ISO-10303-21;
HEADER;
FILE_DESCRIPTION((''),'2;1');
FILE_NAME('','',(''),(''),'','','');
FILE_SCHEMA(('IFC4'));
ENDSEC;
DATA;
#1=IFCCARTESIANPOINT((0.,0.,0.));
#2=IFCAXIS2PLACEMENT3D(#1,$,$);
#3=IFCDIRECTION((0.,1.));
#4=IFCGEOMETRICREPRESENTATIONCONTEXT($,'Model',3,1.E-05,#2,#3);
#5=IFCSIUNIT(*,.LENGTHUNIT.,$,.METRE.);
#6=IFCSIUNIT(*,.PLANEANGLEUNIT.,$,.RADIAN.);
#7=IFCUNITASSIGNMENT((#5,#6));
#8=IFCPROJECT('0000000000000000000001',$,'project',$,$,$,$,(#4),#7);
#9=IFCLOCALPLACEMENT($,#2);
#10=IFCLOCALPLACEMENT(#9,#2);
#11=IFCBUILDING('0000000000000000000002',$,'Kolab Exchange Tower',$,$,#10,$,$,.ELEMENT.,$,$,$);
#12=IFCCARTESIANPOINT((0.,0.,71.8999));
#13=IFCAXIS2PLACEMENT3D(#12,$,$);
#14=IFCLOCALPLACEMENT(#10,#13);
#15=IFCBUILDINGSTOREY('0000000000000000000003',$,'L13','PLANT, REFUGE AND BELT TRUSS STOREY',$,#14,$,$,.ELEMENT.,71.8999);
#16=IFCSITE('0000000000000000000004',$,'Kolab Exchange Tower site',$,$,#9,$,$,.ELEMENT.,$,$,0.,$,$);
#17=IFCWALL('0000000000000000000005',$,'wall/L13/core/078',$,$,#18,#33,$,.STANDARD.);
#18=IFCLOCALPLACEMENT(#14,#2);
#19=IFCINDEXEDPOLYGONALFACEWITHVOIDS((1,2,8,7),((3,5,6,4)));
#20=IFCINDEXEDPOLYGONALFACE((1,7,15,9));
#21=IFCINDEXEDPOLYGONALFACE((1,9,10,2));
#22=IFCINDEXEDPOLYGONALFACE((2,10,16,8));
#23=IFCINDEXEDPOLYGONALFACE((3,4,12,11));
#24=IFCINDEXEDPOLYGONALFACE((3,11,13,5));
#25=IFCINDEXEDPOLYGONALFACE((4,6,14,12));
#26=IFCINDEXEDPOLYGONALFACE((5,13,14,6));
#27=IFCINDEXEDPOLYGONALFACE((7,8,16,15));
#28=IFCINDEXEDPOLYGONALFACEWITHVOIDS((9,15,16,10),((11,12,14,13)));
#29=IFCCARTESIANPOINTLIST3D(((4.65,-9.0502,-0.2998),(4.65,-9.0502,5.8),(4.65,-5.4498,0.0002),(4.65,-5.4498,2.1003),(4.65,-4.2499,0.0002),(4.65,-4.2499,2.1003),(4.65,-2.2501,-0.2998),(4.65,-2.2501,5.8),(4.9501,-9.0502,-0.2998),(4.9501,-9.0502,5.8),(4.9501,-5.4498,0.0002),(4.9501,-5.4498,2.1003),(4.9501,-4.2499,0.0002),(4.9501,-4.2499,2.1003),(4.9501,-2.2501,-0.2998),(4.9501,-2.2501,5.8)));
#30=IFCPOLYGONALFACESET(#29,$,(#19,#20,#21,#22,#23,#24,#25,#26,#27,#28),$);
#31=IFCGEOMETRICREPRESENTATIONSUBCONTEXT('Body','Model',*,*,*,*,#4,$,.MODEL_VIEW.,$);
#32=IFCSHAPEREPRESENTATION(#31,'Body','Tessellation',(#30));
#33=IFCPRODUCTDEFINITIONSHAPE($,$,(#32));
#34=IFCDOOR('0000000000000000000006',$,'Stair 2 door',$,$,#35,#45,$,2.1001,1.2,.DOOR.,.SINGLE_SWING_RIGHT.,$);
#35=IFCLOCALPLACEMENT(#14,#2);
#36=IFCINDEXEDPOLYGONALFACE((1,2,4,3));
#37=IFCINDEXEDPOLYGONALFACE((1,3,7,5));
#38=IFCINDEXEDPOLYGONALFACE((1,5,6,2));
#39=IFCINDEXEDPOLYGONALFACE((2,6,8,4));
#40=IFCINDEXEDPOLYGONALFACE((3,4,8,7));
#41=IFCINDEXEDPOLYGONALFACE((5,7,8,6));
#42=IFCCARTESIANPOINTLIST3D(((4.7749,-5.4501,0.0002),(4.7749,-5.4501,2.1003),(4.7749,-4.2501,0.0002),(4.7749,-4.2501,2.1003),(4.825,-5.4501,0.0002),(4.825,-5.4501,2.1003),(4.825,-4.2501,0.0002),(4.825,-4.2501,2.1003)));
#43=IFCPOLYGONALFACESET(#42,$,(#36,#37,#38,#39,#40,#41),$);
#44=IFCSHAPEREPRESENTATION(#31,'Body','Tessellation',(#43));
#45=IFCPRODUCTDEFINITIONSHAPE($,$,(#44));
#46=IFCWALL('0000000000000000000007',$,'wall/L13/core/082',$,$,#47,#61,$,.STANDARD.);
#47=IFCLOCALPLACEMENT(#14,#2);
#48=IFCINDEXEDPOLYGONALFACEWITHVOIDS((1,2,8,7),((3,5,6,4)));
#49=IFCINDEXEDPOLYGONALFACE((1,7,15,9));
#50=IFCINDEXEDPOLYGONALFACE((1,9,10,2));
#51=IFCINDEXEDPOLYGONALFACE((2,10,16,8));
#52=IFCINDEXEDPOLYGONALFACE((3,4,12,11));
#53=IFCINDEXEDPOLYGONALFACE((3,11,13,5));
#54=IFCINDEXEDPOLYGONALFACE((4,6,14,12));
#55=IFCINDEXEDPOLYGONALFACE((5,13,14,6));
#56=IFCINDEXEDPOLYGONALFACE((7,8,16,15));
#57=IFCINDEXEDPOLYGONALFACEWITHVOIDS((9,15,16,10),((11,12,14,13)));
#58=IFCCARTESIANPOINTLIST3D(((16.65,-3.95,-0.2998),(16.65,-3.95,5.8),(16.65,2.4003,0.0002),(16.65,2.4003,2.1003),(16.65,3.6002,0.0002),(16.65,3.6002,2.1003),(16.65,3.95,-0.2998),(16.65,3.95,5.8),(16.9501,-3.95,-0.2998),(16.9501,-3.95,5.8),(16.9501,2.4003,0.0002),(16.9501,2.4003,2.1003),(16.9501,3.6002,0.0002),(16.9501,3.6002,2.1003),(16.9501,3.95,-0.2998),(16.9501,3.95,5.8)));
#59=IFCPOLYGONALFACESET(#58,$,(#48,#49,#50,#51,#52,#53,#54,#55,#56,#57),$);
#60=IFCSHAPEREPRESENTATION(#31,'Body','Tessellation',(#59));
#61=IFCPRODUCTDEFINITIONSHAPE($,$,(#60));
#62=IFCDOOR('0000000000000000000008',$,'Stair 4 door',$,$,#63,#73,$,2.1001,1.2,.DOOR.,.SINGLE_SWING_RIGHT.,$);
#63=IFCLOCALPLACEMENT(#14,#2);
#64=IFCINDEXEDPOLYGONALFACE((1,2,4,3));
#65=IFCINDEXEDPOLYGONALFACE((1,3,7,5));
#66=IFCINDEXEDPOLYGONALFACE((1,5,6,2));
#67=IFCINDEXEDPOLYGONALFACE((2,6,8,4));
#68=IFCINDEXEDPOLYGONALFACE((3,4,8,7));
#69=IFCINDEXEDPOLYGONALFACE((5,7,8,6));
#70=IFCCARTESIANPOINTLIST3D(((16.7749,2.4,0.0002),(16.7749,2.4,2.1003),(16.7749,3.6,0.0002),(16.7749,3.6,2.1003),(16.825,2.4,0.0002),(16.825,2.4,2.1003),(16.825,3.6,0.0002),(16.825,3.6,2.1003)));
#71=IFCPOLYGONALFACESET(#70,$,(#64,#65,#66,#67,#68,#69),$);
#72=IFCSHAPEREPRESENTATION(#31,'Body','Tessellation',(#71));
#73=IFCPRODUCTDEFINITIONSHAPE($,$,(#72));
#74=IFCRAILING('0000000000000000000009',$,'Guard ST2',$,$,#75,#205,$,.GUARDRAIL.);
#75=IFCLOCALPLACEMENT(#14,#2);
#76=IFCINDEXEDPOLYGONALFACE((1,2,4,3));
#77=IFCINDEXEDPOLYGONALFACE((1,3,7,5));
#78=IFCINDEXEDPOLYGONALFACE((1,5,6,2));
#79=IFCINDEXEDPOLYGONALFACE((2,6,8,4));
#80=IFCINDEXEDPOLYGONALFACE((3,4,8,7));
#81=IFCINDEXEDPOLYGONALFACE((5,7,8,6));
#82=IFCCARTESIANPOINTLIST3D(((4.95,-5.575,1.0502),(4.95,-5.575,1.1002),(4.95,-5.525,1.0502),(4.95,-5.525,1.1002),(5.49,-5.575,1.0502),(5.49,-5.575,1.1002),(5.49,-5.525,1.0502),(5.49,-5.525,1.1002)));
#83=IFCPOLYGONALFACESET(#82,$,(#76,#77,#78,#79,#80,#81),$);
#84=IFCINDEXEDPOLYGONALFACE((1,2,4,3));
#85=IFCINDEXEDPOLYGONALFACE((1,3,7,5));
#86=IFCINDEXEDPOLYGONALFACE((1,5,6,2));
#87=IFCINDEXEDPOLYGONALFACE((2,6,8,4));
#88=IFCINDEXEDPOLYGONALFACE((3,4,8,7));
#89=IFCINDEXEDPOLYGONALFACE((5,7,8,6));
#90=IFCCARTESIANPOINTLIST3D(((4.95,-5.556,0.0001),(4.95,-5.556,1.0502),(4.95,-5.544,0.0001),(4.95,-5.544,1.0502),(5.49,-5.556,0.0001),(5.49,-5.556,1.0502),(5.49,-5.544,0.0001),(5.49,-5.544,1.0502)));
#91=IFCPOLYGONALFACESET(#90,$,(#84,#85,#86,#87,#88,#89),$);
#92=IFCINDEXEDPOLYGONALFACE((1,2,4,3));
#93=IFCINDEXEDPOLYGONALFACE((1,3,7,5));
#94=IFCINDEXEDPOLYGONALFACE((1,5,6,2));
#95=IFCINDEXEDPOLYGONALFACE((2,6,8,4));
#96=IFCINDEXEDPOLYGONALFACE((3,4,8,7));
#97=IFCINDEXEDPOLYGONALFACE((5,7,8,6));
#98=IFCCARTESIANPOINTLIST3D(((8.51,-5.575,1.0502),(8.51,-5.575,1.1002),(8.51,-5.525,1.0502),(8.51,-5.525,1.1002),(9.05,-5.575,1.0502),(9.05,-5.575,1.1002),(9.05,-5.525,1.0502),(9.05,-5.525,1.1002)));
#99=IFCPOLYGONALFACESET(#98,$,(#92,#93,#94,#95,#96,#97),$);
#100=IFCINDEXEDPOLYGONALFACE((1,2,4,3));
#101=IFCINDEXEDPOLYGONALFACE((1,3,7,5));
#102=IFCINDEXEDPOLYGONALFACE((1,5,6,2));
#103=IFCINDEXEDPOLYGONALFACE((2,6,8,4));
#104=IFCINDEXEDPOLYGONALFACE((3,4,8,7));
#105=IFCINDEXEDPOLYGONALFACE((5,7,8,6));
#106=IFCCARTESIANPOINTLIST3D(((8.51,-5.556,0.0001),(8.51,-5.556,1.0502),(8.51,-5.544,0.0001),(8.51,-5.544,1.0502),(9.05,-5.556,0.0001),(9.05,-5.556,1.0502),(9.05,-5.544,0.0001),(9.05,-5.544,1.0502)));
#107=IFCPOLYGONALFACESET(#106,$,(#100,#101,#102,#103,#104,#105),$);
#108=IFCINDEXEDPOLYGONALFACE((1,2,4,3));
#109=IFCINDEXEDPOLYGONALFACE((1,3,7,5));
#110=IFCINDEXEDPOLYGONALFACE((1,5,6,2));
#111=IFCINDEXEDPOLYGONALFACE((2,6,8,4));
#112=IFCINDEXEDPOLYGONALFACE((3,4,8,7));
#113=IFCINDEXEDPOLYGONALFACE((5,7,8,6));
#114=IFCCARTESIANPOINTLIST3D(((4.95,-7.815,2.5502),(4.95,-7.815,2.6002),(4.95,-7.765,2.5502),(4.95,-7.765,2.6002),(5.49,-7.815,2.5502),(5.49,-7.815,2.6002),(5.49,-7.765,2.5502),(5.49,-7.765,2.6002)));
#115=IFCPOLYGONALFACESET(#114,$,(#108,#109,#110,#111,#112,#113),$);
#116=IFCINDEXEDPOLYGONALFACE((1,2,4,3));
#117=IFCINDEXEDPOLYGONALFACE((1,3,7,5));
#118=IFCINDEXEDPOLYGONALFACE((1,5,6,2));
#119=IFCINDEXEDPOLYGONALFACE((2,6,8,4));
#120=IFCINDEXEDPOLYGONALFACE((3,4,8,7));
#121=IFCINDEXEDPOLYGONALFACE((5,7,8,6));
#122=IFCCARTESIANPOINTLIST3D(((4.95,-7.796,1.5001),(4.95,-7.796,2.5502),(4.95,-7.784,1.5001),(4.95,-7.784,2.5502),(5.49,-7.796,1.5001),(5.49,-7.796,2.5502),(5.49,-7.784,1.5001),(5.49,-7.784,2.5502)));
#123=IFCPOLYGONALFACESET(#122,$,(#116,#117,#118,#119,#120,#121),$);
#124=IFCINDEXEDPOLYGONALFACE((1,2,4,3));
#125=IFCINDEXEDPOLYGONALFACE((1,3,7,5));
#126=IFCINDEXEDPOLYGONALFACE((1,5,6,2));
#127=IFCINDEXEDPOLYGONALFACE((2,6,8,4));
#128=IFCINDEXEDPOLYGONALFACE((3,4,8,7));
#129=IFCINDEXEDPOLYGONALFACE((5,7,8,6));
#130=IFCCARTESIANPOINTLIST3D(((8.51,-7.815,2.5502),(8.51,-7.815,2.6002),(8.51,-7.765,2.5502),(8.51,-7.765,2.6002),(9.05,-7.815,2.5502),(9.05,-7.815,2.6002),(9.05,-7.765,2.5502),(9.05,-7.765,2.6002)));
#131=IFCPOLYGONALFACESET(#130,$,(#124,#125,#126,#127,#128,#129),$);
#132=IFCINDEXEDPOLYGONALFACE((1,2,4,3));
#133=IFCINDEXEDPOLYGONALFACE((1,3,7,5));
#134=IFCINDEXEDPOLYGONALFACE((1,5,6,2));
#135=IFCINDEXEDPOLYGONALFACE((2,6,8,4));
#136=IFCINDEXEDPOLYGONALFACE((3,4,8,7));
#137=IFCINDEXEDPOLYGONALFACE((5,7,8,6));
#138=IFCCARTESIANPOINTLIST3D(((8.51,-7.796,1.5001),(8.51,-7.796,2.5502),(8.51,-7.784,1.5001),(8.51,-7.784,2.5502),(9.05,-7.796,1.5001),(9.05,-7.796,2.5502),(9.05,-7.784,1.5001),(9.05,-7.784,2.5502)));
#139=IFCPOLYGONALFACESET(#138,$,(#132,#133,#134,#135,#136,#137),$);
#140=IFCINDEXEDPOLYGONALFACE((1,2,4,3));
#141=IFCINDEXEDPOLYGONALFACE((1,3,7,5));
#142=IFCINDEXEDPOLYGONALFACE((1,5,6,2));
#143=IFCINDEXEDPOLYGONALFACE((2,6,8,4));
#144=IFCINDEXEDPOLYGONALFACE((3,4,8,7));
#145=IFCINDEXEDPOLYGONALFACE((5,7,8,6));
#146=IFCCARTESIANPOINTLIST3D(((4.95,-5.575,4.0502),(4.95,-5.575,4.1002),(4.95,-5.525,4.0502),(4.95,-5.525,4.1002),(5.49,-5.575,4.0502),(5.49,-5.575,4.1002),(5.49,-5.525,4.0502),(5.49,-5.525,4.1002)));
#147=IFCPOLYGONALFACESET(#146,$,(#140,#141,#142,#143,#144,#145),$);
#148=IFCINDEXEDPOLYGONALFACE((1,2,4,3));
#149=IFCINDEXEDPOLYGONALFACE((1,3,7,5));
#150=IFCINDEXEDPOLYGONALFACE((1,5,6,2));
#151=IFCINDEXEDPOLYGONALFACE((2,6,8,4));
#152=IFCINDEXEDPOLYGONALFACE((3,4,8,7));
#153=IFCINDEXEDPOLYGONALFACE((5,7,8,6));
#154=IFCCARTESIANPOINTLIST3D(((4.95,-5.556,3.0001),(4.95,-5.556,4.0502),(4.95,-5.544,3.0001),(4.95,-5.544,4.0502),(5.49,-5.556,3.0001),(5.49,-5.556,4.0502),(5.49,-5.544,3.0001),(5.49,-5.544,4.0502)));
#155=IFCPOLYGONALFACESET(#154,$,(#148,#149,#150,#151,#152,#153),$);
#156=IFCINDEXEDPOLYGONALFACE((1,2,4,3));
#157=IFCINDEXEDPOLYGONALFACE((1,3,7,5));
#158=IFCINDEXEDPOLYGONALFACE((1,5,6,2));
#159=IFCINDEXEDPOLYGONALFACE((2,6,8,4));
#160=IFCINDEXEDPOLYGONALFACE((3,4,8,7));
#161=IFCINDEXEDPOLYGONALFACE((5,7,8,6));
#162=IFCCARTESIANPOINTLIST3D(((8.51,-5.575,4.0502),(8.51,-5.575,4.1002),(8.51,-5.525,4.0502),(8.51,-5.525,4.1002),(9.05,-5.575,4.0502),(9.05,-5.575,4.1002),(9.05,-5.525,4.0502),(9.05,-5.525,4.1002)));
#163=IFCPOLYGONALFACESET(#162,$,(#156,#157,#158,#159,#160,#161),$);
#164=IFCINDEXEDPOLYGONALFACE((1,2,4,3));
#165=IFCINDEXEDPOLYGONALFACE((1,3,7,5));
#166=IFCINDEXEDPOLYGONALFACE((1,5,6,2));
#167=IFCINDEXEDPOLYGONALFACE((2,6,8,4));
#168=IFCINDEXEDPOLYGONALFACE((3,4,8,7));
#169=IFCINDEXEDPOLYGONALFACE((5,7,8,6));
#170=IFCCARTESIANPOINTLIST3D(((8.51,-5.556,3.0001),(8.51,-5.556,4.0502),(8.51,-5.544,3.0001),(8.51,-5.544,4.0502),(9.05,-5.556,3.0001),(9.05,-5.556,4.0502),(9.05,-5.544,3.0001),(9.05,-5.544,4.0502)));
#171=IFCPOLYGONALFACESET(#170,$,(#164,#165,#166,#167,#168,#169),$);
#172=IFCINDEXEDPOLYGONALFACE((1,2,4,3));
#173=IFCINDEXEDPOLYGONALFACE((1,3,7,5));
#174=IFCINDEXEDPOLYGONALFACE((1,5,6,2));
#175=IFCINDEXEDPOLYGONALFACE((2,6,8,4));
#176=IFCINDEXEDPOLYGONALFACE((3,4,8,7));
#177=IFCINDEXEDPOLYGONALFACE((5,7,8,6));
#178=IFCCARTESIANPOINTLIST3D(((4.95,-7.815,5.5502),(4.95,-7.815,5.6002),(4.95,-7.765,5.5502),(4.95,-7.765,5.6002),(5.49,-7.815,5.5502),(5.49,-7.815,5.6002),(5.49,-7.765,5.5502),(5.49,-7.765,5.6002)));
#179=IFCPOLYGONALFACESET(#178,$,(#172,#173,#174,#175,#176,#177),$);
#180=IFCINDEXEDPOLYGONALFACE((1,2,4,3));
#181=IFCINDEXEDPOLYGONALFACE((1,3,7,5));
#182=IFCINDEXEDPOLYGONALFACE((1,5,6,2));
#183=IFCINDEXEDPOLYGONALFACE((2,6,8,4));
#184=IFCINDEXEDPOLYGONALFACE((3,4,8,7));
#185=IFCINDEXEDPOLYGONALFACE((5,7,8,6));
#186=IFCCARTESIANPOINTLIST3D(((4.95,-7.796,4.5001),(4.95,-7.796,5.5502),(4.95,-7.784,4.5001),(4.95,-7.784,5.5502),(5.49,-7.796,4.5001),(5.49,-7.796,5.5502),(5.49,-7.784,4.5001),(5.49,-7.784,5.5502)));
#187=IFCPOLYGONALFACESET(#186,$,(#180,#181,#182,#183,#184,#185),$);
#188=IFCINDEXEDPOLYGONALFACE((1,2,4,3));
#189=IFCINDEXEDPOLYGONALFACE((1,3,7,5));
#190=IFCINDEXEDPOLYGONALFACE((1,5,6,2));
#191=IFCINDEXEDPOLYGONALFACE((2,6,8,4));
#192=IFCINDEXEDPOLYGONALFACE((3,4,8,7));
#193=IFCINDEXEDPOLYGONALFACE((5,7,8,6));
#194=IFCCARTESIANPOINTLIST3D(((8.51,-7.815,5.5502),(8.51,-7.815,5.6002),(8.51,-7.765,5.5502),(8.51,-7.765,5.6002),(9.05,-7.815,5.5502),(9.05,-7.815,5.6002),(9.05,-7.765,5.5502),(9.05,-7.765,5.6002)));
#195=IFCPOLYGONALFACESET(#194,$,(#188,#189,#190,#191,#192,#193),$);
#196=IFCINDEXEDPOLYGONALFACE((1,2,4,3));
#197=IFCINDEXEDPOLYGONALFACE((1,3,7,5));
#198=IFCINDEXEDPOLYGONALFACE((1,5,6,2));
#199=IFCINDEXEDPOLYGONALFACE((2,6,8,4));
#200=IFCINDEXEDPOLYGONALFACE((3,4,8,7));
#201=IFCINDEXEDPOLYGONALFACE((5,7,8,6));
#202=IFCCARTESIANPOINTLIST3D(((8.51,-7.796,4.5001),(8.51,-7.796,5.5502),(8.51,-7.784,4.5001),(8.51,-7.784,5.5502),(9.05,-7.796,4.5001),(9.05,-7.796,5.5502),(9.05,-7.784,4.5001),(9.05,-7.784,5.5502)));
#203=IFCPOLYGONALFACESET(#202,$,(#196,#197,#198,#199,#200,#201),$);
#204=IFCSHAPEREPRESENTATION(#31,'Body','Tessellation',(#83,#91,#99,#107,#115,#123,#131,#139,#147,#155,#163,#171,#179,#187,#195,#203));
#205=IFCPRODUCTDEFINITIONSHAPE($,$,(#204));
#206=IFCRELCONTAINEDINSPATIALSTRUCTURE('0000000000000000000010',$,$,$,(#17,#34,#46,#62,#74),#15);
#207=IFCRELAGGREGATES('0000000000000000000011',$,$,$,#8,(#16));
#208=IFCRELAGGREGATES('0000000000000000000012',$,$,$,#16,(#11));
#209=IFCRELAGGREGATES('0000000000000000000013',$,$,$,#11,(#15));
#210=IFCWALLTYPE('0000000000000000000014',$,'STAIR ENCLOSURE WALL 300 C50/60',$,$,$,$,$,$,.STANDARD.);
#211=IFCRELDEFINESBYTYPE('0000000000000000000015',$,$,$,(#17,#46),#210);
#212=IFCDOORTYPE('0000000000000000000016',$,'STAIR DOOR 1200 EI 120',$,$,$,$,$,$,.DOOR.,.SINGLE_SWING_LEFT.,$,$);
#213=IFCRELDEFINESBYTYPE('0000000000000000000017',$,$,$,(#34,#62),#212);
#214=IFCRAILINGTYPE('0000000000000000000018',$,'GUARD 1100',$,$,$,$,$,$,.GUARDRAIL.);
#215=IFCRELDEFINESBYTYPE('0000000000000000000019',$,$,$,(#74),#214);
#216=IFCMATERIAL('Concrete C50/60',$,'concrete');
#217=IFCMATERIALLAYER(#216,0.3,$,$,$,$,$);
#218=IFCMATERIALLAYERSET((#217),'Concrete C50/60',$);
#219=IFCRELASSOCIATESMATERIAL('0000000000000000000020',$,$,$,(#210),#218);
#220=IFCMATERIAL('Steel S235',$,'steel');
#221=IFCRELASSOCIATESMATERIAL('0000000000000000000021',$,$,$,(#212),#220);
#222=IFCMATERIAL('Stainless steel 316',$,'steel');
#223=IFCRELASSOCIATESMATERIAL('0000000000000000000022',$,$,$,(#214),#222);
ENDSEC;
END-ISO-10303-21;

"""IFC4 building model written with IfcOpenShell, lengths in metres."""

from ifc_helpers import new_model, si_unit, direction, frame, frame_2d, origin, origin_2d, place, context, subcontext, project, spatial, rectangle, extrude, material, layer, layer_set, type_object, element, fill, save


model = new_model("IFC4")

# Units and contexts
model_context = context("Model", 3, precision=1e-05, world=origin(), true_north=direction((0.0, 1.0)))
body_context = subcontext(model_context, "Body", "Model", "MODEL_VIEW")
ifc_project = project(units=[si_unit("LENGTHUNIT", "METRE"), si_unit("PLANEANGLEUNIT", "RADIAN")], contexts=[model_context])

# Site, building, storey
site_placement = place(None, origin())
site = spatial("IfcSite", under=ifc_project, at=site_placement, Name="Kolab Exchange Tower site", CompositionType="ELEMENT", RefElevation=0.0)
building_placement = place(site_placement, origin())
building = spatial("IfcBuilding", under=site, at=building_placement, Name="Kolab Exchange Tower", CompositionType="ELEMENT")
storey_placement = place(building_placement, frame((0.0, 0.0, 71.8999)))
storey = spatial("IfcBuildingStorey", under=building, at=storey_placement, Name="L13", Description="PLANT, REFUGE AND BELT TRUSS STOREY", CompositionType="ELEMENT", Elevation=71.8999)

# Shared definitions
ifc_material_1 = material(Name="Concrete C50/60", Category="concrete")

# Shared definitions
ifc_material_2 = material(Name="Stainless steel 316", Category="steel")

# Shared definitions
ifc_layer_1 = layer(ifc_material_1, 0.3)
ifc_layer_set_1 = layer_set([ifc_layer_1], Name="Concrete C50/60")
wall_type_1 = type_object("IfcWallType", Name="STAIR ENCLOSURE WALL 300 C50/60", PredefinedType="STANDARD", material=ifc_layer_set_1)

# Walls, openings, doors
wall_1_placement = place(storey_placement, frame((4.8, -9.05, -0.2998), z_axis=(0.0, 0.0, 1.0), x_axis=(0.0, 1.0, 0.0)))
wall_1 = element("IfcWall", 1, at=wall_1_placement, inside=storey, type_object=wall_type_1, Name="wall/L13/core/078", PredefinedType="STANDARD", context=body_context, shape_type="SweptSolid", body=[
    extrude(rectangle(XDim=6.8, YDim=0.3, at=frame_2d((3.3999, 0.0))), origin(), (0.0, 0.0, 1.0), 6.0999),
])
opening_1_placement = place(wall_1_placement, frame((3.6001, 0.0, 0.3)))
opening_1 = element("IfcOpeningElement", 2, at=opening_1_placement, cuts=wall_1, PredefinedType="OPENING", context=body_context, shape_type="SweptSolid", body=[
    extrude(rectangle(XDim=1.2, YDim=2.1001, at=frame_2d((0.6001, 1.05))), frame((0.0, 0.1602, 0.0), z_axis=(0.0, -1.0, 0.0), x_axis=(1.0, 0.0, 0.0)), (0.0, 0.0, 1.0), 0.3201),
])
ifc_material_3 = material(Name="Steel S235", Category="steel")
door_type_1 = type_object("IfcDoorType", Name="STAIR DOOR 1200 EI 120", OperationType="SINGLE_SWING_LEFT", PredefinedType="DOOR", material=ifc_material_3)
door_1_placement = place(opening_1_placement, frame((1.2, 0.0, 0.0), z_axis=(0.0, 0.0, 1.0), x_axis=(-1.0, 0.0, 0.0)))
door_1 = element("IfcDoor", 3, at=door_1_placement, inside=storey, type_object=door_type_1, Name="Stair 2 door", OperationType="SINGLE_SWING_RIGHT", OverallHeight=2.1001, OverallWidth=1.2, PredefinedType="DOOR", context=body_context, shape_type="SweptSolid", body=[
    extrude(rectangle(XDim=1.2, YDim=2.1001, at=frame_2d((0.6001, 1.05))), frame((0.0, 0.0249, 0.0), z_axis=(0.0, -1.0, 0.0), x_axis=(1.0, 0.0, 0.0)), (0.0, 0.0, 1.0), 0.05),
])
fill(opening_1, door_1)
wall_2_placement = place(storey_placement, frame((16.8, -3.95, -0.2998), z_axis=(0.0, 0.0, 1.0), x_axis=(0.0, 1.0, 0.0)))
wall_2 = element("IfcWall", 4, at=wall_2_placement, inside=storey, type_object=wall_type_1, Name="wall/L13/core/082", PredefinedType="STANDARD", context=body_context, shape_type="SweptSolid", body=[
    extrude(rectangle(XDim=7.8999, YDim=0.3, at=frame_2d((3.95, 0.0))), origin(), (0.0, 0.0, 1.0), 6.0999),
])
opening_2_placement = place(wall_2_placement, frame((6.3501, 0.0, 0.3)))
opening_2 = element("IfcOpeningElement", 5, at=opening_2_placement, cuts=wall_2, PredefinedType="OPENING", context=body_context, shape_type="SweptSolid", body=[
    extrude(rectangle(XDim=1.2, YDim=2.1001, at=frame_2d((0.6001, 1.05))), frame((0.0, 0.1602, 0.0), z_axis=(0.0, -1.0, 0.0), x_axis=(1.0, 0.0, 0.0)), (0.0, 0.0, 1.0), 0.3201),
])
door_2_placement = place(opening_2_placement, frame((1.2, 0.0, 0.0), z_axis=(0.0, 0.0, 1.0), x_axis=(-1.0, 0.0, 0.0)))
door_2 = element("IfcDoor", 6, at=door_2_placement, inside=storey, type_object=door_type_1, Name="Stair 4 door", OperationType="SINGLE_SWING_RIGHT", OverallHeight=2.1001, OverallWidth=1.2, PredefinedType="DOOR", context=body_context, shape_type="SweptSolid", body=[
    extrude(rectangle(XDim=1.2, YDim=2.1001, at=frame_2d((0.6001, 1.05))), frame((0.0, 0.0249, 0.0), z_axis=(0.0, -1.0, 0.0), x_axis=(1.0, 0.0, 0.0)), (0.0, 0.0, 1.0), 0.05),
])
fill(opening_2, door_2)

# Railing
railing_type = type_object("IfcRailingType", Name="GUARD 1100", PredefinedType="GUARDRAIL", material=ifc_material_2)
railing_1_placement = place(storey_placement, frame((4.95, -5.55, 0.0)))
element("IfcRailing", 7, at=railing_1_placement, inside=storey, type_object=railing_type, Name="Guard ST2", PredefinedType="GUARDRAIL", context=body_context, shape_type="SweptSolid", body=[
    extrude(rectangle(XDim=0.05, YDim=0.05, at=origin_2d()), frame((0.0, 0.0, 1.0752), z_axis=(1.0, 0.0, 0.0), x_axis=(0.0, 1.0, 0.0)), (0.0, 0.0, 1.0), 0.54),
    extrude(rectangle(XDim=0.012, YDim=1.0501, at=frame_2d((0.0, 0.5251))), frame((0.0, 0.0, 0.0), z_axis=(1.0, 0.0, 0.0), x_axis=(0.0, 1.0, 0.0)), (0.0, 0.0, 1.0), 0.54),
    extrude(rectangle(XDim=0.05, YDim=0.05, at=origin_2d()), frame((3.5601, 0.0, 1.0752), z_axis=(1.0, 0.0, 0.0), x_axis=(0.0, 1.0, 0.0)), (0.0, 0.0, 1.0), 0.54),
    extrude(rectangle(XDim=0.012, YDim=1.0501, at=frame_2d((0.0, 0.5251))), frame((3.5601, 0.0, 0.0), z_axis=(1.0, 0.0, 0.0), x_axis=(0.0, 1.0, 0.0)), (0.0, 0.0, 1.0), 0.54),
    extrude(rectangle(XDim=0.05, YDim=0.05, at=origin_2d()), frame((0.0, -2.24, 2.5752), z_axis=(1.0, 0.0, 0.0), x_axis=(0.0, 1.0, 0.0)), (0.0, 0.0, 1.0), 0.54),
    extrude(rectangle(XDim=0.012, YDim=1.0501, at=frame_2d((0.0, 0.5251))), frame((0.0, -2.24, 1.5), z_axis=(1.0, 0.0, 0.0), x_axis=(0.0, 1.0, 0.0)), (0.0, 0.0, 1.0), 0.54),
    extrude(rectangle(XDim=0.05, YDim=0.05, at=origin_2d()), frame((3.5601, -2.24, 2.5752), z_axis=(1.0, 0.0, 0.0), x_axis=(0.0, 1.0, 0.0)), (0.0, 0.0, 1.0), 0.54),
    extrude(rectangle(XDim=0.012, YDim=1.0501, at=frame_2d((0.0, 0.5251))), frame((3.5601, -2.24, 1.5), z_axis=(1.0, 0.0, 0.0), x_axis=(0.0, 1.0, 0.0)), (0.0, 0.0, 1.0), 0.54),
    extrude(rectangle(XDim=0.05, YDim=0.05, at=origin_2d()), frame((0.0, 0.0, 4.0752), z_axis=(1.0, 0.0, 0.0), x_axis=(0.0, 1.0, 0.0)), (0.0, 0.0, 1.0), 0.54),
    extrude(rectangle(XDim=0.012, YDim=1.0501, at=frame_2d((0.0, 0.5251))), frame((0.0, 0.0, 3.0), z_axis=(1.0, 0.0, 0.0), x_axis=(0.0, 1.0, 0.0)), (0.0, 0.0, 1.0), 0.54),
    extrude(rectangle(XDim=0.05, YDim=0.05, at=origin_2d()), frame((3.5601, 0.0, 4.0752), z_axis=(1.0, 0.0, 0.0), x_axis=(0.0, 1.0, 0.0)), (0.0, 0.0, 1.0), 0.54),
    extrude(rectangle(XDim=0.012, YDim=1.0501, at=frame_2d((0.0, 0.5251))), frame((3.5601, 0.0, 3.0), z_axis=(1.0, 0.0, 0.0), x_axis=(0.0, 1.0, 0.0)), (0.0, 0.0, 1.0), 0.54),
    extrude(rectangle(XDim=0.05, YDim=0.05, at=origin_2d()), frame((0.0, -2.24, 5.5752), z_axis=(1.0, 0.0, 0.0), x_axis=(0.0, 1.0, 0.0)), (0.0, 0.0, 1.0), 0.54),
    extrude(rectangle(XDim=0.012, YDim=1.0501, at=frame_2d((0.0, 0.5251))), frame((0.0, -2.24, 4.5), z_axis=(1.0, 0.0, 0.0), x_axis=(0.0, 1.0, 0.0)), (0.0, 0.0, 1.0), 0.54),
    extrude(rectangle(XDim=0.05, YDim=0.05, at=origin_2d()), frame((3.5601, -2.24, 5.5752), z_axis=(1.0, 0.0, 0.0), x_axis=(0.0, 1.0, 0.0)), (0.0, 0.0, 1.0), 0.54),
    extrude(rectangle(XDim=0.012, YDim=1.0501, at=frame_2d((0.0, 0.5251))), frame((3.5601, -2.24, 4.5), z_axis=(1.0, 0.0, 0.0), x_axis=(0.0, 1.0, 0.0)), (0.0, 0.0, 1.0), 0.54),
])

save(model, "model.ifc")
